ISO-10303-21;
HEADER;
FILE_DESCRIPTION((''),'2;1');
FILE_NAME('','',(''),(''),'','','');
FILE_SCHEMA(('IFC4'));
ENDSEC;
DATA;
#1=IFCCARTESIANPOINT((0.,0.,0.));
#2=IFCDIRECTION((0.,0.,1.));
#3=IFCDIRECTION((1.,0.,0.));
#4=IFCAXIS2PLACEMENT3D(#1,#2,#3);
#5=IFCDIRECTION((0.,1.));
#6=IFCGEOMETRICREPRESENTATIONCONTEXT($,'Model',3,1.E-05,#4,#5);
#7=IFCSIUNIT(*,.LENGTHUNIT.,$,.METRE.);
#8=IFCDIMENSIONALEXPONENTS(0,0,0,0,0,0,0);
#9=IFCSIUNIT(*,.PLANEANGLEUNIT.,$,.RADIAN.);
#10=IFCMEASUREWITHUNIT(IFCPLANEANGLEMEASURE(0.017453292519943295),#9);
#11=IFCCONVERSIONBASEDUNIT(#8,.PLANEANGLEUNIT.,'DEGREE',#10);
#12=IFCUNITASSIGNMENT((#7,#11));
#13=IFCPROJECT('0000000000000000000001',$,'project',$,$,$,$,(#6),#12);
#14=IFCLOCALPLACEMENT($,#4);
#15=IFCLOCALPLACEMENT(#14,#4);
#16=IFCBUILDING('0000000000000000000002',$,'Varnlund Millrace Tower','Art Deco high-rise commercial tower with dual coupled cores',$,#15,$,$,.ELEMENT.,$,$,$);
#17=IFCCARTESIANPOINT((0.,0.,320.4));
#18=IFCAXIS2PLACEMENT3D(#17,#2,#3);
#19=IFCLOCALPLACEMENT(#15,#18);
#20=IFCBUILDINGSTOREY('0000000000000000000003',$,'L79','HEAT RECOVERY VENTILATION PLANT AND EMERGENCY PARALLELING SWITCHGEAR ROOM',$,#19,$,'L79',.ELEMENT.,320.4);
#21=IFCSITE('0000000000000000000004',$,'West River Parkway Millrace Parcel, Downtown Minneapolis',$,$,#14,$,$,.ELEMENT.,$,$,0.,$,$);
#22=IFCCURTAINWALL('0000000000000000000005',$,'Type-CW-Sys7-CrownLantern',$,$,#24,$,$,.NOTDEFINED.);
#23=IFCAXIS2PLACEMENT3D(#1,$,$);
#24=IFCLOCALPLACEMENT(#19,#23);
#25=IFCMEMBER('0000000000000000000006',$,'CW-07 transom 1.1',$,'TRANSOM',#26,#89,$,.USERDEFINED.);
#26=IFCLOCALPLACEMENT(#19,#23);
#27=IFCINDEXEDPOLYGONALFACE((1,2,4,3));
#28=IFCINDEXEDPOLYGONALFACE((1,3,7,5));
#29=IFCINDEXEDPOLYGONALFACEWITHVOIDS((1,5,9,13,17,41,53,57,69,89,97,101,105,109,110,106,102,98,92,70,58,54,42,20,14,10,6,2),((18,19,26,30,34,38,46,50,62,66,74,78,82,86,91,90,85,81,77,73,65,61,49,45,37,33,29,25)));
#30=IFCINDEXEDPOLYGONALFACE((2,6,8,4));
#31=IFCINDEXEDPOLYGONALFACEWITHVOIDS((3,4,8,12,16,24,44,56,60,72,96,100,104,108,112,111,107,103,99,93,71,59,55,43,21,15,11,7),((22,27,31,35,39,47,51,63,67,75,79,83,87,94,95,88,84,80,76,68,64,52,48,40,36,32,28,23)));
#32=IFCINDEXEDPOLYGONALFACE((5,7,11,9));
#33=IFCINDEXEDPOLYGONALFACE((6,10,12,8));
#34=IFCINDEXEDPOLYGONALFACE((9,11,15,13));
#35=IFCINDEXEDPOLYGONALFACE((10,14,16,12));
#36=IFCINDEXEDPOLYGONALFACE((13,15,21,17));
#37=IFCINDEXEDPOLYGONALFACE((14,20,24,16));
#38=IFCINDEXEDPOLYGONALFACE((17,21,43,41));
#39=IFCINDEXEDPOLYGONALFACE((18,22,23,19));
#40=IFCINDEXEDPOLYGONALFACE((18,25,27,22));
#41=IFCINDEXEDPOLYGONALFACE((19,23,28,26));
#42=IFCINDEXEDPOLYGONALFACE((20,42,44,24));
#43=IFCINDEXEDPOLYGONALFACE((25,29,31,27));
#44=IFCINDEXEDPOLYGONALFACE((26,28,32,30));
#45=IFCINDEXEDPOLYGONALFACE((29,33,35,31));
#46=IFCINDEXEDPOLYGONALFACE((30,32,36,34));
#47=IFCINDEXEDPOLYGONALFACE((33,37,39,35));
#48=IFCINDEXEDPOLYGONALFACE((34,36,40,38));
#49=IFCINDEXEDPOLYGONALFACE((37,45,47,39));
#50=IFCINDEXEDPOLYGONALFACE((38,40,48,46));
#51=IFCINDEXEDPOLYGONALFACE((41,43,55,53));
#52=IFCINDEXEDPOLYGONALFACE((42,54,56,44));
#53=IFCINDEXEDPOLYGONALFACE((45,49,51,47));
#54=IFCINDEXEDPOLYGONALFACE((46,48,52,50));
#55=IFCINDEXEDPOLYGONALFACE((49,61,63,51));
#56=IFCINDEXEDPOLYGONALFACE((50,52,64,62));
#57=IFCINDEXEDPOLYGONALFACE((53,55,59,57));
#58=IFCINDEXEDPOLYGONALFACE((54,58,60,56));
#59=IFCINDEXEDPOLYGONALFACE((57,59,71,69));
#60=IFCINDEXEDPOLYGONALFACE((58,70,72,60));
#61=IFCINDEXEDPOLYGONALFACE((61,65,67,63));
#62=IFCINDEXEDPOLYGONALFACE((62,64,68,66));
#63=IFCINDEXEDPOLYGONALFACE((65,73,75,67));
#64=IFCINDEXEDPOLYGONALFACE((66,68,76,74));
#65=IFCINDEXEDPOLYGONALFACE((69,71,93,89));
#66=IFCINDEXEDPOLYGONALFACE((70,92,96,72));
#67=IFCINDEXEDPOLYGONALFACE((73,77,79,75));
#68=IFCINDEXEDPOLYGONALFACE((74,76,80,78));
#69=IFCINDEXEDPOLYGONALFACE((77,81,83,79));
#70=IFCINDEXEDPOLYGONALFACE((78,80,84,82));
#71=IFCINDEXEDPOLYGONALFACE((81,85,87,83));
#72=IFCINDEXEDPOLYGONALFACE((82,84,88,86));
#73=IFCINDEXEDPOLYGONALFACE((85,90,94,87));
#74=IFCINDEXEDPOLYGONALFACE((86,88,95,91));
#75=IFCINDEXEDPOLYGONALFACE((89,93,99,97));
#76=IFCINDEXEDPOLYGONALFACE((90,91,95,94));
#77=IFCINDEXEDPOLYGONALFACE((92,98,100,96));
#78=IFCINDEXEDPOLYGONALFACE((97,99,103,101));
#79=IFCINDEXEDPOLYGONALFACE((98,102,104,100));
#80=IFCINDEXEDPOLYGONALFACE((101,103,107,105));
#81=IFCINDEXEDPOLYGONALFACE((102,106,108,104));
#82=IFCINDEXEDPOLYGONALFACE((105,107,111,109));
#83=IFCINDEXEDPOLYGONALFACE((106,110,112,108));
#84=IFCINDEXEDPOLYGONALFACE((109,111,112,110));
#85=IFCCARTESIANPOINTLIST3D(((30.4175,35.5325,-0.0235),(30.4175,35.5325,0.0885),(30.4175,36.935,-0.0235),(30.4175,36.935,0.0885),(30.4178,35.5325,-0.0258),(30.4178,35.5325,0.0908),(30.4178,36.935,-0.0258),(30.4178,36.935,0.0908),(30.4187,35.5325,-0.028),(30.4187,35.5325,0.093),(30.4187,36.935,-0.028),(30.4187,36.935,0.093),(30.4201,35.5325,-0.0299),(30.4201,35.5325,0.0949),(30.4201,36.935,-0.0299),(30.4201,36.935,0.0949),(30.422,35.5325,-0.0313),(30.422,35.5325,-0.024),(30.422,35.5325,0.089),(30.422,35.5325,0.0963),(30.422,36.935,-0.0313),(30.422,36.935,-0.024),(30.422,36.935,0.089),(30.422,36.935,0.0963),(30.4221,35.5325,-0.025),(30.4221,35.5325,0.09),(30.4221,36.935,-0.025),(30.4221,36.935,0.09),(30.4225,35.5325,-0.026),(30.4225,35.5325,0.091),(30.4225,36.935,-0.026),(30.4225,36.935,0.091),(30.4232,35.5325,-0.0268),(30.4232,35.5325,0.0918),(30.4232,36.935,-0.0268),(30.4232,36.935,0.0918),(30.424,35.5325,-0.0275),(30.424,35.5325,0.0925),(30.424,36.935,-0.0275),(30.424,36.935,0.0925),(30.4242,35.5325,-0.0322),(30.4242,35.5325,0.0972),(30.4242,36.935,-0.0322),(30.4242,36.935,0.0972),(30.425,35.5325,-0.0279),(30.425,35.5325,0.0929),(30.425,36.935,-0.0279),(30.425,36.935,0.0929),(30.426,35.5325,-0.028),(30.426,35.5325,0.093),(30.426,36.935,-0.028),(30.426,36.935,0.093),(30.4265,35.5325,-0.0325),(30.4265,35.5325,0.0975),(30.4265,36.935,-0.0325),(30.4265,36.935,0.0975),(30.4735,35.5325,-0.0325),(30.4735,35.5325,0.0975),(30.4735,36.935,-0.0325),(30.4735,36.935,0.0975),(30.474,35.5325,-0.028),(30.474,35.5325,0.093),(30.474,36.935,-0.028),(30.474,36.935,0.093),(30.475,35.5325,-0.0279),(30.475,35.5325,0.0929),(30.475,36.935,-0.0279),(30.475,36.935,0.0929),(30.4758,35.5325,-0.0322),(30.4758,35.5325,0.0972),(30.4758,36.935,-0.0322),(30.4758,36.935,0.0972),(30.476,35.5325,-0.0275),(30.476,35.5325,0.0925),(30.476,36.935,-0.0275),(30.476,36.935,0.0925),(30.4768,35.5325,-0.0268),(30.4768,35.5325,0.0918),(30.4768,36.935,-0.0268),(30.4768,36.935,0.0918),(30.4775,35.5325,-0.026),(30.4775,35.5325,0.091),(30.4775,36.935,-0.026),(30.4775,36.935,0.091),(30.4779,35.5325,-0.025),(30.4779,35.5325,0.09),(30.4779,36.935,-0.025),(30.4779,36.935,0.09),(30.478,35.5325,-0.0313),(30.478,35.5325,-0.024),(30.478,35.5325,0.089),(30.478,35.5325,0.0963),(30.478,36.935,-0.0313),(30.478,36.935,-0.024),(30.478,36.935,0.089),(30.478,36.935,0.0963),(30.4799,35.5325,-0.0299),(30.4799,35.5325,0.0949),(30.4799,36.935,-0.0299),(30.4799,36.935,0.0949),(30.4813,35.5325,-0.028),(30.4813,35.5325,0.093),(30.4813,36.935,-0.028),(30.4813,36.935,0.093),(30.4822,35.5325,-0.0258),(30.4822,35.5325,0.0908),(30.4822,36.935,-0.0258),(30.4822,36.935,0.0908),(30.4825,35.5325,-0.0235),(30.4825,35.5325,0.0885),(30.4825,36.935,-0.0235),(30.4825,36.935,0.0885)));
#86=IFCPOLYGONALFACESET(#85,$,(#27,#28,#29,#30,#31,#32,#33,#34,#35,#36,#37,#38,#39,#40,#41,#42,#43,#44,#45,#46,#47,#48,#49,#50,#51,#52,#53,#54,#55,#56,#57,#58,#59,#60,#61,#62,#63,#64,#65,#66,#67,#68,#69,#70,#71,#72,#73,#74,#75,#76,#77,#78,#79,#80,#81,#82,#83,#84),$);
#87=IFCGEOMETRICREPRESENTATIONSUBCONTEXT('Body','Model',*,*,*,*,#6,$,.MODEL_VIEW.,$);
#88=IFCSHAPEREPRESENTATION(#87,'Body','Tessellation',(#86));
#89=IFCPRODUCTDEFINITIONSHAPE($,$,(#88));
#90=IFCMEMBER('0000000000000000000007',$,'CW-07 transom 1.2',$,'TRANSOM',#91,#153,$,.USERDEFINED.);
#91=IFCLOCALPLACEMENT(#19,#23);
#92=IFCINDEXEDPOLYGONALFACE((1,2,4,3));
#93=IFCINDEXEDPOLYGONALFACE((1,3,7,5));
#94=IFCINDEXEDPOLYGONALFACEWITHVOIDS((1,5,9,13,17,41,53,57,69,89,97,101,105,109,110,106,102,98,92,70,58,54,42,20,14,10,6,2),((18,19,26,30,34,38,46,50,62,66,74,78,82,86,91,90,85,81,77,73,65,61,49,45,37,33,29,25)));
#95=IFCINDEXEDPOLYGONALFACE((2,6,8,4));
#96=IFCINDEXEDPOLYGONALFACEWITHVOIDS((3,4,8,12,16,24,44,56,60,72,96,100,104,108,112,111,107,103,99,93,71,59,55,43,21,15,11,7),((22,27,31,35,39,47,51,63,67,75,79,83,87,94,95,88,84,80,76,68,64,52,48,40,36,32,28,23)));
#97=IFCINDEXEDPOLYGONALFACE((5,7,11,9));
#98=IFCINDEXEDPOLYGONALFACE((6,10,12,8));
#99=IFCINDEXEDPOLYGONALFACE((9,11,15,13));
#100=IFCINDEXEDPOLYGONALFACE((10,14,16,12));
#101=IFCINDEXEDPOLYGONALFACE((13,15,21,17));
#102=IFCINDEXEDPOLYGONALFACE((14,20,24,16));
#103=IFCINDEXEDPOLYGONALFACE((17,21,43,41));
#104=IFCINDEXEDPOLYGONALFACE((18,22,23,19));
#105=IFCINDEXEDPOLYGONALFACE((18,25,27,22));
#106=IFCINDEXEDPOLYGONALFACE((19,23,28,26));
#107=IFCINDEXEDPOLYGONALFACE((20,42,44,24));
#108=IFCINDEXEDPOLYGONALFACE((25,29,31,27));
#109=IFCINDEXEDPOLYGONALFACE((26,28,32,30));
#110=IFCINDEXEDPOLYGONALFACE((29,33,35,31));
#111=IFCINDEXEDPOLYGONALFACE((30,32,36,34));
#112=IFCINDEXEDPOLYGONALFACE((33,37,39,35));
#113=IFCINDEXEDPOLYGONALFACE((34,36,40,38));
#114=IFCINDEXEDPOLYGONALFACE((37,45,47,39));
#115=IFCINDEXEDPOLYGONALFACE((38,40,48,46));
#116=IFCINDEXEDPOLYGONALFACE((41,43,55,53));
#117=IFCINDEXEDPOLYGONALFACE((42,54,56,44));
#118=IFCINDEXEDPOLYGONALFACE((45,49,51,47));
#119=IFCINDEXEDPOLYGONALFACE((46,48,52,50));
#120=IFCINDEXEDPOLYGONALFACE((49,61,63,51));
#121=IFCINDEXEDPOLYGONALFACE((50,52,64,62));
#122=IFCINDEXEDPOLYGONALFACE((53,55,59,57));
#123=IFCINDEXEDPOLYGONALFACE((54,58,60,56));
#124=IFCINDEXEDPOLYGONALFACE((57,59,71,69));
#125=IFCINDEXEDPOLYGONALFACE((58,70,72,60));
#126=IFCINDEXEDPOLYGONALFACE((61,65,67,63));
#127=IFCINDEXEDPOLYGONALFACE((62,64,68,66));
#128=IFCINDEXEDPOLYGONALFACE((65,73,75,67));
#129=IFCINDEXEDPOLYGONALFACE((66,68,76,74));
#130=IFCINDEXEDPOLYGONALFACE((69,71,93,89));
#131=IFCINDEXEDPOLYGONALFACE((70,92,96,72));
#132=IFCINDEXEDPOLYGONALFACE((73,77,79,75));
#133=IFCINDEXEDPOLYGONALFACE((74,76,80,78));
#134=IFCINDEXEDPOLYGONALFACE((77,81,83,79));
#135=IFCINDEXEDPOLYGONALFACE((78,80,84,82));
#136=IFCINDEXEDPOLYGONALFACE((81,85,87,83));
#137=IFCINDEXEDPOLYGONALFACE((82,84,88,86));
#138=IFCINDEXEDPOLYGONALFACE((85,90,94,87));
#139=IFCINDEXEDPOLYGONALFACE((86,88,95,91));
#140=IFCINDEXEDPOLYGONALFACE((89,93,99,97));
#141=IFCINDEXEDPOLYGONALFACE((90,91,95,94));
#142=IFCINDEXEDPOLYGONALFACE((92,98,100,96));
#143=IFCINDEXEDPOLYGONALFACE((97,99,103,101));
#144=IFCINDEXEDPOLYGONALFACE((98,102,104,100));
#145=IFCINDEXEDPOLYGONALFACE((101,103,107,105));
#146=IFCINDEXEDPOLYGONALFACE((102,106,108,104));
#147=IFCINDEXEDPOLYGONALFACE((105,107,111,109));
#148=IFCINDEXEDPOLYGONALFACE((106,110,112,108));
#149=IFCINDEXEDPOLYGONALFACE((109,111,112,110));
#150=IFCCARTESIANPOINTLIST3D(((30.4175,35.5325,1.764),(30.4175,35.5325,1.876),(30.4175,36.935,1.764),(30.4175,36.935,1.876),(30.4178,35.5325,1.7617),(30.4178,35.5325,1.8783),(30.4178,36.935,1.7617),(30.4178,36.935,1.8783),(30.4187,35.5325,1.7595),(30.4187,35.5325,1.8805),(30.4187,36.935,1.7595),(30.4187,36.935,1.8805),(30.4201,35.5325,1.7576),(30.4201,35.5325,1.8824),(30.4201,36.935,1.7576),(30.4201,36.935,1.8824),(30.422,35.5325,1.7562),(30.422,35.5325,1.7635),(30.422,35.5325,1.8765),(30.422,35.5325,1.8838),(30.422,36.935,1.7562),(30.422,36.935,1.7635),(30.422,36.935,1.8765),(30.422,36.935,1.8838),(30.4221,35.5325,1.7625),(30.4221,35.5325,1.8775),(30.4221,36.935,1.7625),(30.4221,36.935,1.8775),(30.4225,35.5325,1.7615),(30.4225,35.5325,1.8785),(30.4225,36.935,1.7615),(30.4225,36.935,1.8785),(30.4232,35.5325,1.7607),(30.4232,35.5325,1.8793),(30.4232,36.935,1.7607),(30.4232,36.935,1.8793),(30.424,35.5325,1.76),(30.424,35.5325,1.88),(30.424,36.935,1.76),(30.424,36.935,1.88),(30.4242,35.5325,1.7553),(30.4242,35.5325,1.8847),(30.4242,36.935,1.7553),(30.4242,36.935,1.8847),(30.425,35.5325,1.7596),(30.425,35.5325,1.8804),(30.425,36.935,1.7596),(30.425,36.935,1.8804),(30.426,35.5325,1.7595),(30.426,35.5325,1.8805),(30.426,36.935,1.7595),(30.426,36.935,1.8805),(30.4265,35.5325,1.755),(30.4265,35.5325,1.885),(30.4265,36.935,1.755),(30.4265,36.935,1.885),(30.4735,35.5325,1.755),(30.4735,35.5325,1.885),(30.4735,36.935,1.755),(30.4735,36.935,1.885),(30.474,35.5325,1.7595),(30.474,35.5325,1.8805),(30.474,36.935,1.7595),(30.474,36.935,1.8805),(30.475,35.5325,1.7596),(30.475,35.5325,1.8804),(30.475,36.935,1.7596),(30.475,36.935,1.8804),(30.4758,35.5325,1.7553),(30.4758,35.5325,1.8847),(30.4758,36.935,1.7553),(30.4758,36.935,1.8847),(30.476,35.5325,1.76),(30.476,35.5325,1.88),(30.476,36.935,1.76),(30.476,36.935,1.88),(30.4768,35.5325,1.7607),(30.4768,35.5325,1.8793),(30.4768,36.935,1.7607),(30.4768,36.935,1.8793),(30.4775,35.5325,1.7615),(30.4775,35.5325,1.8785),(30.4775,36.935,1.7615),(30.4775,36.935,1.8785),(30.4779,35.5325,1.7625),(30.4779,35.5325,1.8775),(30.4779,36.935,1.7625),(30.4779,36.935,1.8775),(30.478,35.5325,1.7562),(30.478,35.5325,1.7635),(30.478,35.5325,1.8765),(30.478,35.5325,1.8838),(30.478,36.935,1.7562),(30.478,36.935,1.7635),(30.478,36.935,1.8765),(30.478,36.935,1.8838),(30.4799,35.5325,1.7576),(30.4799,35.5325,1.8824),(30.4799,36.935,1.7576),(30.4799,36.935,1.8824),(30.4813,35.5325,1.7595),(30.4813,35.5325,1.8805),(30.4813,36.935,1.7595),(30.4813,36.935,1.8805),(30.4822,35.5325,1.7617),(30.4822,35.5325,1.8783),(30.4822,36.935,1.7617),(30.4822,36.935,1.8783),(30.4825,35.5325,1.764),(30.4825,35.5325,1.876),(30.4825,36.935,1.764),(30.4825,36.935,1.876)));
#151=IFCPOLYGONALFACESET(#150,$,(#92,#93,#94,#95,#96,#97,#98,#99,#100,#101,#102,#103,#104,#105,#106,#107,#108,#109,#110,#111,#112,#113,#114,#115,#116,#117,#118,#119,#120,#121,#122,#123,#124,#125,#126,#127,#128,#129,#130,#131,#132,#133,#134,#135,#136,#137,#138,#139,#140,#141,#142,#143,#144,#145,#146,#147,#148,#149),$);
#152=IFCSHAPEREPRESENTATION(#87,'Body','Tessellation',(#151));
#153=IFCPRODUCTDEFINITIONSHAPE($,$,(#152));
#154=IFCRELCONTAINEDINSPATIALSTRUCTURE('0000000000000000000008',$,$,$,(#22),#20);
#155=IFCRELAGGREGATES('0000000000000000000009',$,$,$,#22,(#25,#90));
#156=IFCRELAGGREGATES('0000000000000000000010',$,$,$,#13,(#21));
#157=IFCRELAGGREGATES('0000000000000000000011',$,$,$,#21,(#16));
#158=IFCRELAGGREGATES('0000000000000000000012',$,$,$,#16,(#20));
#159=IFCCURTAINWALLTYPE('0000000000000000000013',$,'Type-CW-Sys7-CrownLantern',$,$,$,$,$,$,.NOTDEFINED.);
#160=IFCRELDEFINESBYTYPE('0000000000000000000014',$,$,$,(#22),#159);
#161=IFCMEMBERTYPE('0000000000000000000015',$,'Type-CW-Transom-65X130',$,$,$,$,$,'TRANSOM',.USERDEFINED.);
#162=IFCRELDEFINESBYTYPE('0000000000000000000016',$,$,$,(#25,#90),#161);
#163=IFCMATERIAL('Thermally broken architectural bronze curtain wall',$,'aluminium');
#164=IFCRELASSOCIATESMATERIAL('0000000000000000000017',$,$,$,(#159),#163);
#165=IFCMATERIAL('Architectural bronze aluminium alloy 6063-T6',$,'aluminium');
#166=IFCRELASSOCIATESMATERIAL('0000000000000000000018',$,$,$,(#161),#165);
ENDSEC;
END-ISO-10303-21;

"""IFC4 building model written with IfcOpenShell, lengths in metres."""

from ifc_helpers import new_model, entity, si_unit, converted_unit, direction, frame, origin_with_axes, origin_2d_with_axis, place, context, subcontext, project, spatial, hollow_rectangle, extrude, material, material_profile, profile_set, type_object, element, aggregate, save


model = new_model("IFC4")

# Units and contexts
model_context = context("Model", 3, precision=1e-05, world=origin_with_axes(), true_north=direction((0.0, 1.0)))
body_context = subcontext(model_context, "Body", "Model", "MODEL_VIEW")
ifc_project = project(units=[si_unit("LENGTHUNIT", "METRE"), converted_unit("PLANEANGLEUNIT", "DEGREE", entity("IfcPlaneAngleMeasure", 0.017453292519943295), si_unit("PLANEANGLEUNIT", "RADIAN"), dimensions=[0, 0, 0, 0, 0, 0, 0])], contexts=[model_context])

# Site, building, storey
site_placement = place(None, origin_with_axes())
site = spatial("IfcSite", under=ifc_project, at=site_placement, Name="West River Parkway Millrace Parcel, Downtown Minneapolis", CompositionType="ELEMENT", RefElevation=0.0)
building_placement = place(site_placement, origin_with_axes())
building = spatial("IfcBuilding", under=site, at=building_placement, Name="Varnlund Millrace Tower", Description="Art Deco high-rise commercial tower with dual coupled cores", CompositionType="ELEMENT")
storey_placement = place(building_placement, frame((0.0, 0.0, 320.4), z_axis=(0.0, 0.0, 1.0), x_axis=(1.0, 0.0, 0.0)))
storey = spatial("IfcBuildingStorey", under=building, at=storey_placement, Name="L79", Description="HEAT RECOVERY VENTILATION PLANT AND EMERGENCY PARALLELING SWITCHGEAR ROOM", LongName="L79", CompositionType="ELEMENT", Elevation=320.4)

# Curtain wall, members
ifc_material_1 = material(Name="Thermally broken architectural bronze curtain wall", Category="aluminium")
curtain_wall_type = type_object("IfcCurtainWallType", Name="Type-CW-Sys7-CrownLantern", PredefinedType="NOTDEFINED", material=ifc_material_1)
curtain_wall_1_placement = place(storey_placement, frame((30.45, 37.0, 0.0), z_axis=(0.0, 0.0, 1.0), x_axis=(1.0, 0.0, 0.0)))
curtain_wall_1 = element("IfcCurtainWall", 1, at=curtain_wall_1_placement, inside=storey, type_object=curtain_wall_type, Name="Type-CW-Sys7-CrownLantern", PredefinedType="NOTDEFINED")
ifc_material_2 = material(Name="Architectural bronze aluminium alloy 6063-T6", Category="aluminium")
ifc_material_profile_1 = material_profile(ifc_material_2, hollow_rectangle(XDim=0.065, YDim=0.13, WallThickness=0.0045, InnerFilletRadius=0.004, OuterFilletRadius=0.009, at=origin_2d_with_axis()), Name="Architectural bronze aluminium alloy 6063-T6")
ifc_profile_set_1 = profile_set([ifc_material_profile_1], Name="Architectural bronze aluminium alloy 6063-T6")
member_type = type_object("IfcMemberType", Name="Type-CW-Transom-65X130", ElementType="TRANSOM", PredefinedType="USERDEFINED", material=ifc_profile_set_1)
member_1_placement = place(storey_placement, frame((30.45, 36.935, 0.0325), z_axis=(0.0, -1.0, 0.0), x_axis=(1.0, 0.0, 0.0)))
member_1 = element("IfcMember", 2, at=member_1_placement, type_object=member_type, Name="CW-07 transom 1.1", ObjectType="TRANSOM", PredefinedType="USERDEFINED", context=body_context, shape_type="SweptSolid", body=[
    extrude(hollow_rectangle(XDim=0.065, YDim=0.13, WallThickness=0.0045, InnerFilletRadius=0.004, OuterFilletRadius=0.009, at=origin_2d_with_axis()), origin_with_axes(), (0.0, 0.0, 1.0), 1.4025),
])
member_2_placement = place(storey_placement, frame((30.45, 36.935, 1.82), z_axis=(0.0, -1.0, 0.0), x_axis=(1.0, 0.0, 0.0)))
member_2 = element("IfcMember", 3, at=member_2_placement, type_object=member_type, Name="CW-07 transom 1.2", ObjectType="TRANSOM", PredefinedType="USERDEFINED", context=body_context, shape_type="SweptSolid", body=[
    extrude(hollow_rectangle(XDim=0.065, YDim=0.13, WallThickness=0.0045, InnerFilletRadius=0.004, OuterFilletRadius=0.009, at=origin_2d_with_axis()), origin_with_axes(), (0.0, 0.0, 1.0), 1.4025),
])

aggregate(curtain_wall_1, [member_1, member_2])

save(model, "model.ifc")
